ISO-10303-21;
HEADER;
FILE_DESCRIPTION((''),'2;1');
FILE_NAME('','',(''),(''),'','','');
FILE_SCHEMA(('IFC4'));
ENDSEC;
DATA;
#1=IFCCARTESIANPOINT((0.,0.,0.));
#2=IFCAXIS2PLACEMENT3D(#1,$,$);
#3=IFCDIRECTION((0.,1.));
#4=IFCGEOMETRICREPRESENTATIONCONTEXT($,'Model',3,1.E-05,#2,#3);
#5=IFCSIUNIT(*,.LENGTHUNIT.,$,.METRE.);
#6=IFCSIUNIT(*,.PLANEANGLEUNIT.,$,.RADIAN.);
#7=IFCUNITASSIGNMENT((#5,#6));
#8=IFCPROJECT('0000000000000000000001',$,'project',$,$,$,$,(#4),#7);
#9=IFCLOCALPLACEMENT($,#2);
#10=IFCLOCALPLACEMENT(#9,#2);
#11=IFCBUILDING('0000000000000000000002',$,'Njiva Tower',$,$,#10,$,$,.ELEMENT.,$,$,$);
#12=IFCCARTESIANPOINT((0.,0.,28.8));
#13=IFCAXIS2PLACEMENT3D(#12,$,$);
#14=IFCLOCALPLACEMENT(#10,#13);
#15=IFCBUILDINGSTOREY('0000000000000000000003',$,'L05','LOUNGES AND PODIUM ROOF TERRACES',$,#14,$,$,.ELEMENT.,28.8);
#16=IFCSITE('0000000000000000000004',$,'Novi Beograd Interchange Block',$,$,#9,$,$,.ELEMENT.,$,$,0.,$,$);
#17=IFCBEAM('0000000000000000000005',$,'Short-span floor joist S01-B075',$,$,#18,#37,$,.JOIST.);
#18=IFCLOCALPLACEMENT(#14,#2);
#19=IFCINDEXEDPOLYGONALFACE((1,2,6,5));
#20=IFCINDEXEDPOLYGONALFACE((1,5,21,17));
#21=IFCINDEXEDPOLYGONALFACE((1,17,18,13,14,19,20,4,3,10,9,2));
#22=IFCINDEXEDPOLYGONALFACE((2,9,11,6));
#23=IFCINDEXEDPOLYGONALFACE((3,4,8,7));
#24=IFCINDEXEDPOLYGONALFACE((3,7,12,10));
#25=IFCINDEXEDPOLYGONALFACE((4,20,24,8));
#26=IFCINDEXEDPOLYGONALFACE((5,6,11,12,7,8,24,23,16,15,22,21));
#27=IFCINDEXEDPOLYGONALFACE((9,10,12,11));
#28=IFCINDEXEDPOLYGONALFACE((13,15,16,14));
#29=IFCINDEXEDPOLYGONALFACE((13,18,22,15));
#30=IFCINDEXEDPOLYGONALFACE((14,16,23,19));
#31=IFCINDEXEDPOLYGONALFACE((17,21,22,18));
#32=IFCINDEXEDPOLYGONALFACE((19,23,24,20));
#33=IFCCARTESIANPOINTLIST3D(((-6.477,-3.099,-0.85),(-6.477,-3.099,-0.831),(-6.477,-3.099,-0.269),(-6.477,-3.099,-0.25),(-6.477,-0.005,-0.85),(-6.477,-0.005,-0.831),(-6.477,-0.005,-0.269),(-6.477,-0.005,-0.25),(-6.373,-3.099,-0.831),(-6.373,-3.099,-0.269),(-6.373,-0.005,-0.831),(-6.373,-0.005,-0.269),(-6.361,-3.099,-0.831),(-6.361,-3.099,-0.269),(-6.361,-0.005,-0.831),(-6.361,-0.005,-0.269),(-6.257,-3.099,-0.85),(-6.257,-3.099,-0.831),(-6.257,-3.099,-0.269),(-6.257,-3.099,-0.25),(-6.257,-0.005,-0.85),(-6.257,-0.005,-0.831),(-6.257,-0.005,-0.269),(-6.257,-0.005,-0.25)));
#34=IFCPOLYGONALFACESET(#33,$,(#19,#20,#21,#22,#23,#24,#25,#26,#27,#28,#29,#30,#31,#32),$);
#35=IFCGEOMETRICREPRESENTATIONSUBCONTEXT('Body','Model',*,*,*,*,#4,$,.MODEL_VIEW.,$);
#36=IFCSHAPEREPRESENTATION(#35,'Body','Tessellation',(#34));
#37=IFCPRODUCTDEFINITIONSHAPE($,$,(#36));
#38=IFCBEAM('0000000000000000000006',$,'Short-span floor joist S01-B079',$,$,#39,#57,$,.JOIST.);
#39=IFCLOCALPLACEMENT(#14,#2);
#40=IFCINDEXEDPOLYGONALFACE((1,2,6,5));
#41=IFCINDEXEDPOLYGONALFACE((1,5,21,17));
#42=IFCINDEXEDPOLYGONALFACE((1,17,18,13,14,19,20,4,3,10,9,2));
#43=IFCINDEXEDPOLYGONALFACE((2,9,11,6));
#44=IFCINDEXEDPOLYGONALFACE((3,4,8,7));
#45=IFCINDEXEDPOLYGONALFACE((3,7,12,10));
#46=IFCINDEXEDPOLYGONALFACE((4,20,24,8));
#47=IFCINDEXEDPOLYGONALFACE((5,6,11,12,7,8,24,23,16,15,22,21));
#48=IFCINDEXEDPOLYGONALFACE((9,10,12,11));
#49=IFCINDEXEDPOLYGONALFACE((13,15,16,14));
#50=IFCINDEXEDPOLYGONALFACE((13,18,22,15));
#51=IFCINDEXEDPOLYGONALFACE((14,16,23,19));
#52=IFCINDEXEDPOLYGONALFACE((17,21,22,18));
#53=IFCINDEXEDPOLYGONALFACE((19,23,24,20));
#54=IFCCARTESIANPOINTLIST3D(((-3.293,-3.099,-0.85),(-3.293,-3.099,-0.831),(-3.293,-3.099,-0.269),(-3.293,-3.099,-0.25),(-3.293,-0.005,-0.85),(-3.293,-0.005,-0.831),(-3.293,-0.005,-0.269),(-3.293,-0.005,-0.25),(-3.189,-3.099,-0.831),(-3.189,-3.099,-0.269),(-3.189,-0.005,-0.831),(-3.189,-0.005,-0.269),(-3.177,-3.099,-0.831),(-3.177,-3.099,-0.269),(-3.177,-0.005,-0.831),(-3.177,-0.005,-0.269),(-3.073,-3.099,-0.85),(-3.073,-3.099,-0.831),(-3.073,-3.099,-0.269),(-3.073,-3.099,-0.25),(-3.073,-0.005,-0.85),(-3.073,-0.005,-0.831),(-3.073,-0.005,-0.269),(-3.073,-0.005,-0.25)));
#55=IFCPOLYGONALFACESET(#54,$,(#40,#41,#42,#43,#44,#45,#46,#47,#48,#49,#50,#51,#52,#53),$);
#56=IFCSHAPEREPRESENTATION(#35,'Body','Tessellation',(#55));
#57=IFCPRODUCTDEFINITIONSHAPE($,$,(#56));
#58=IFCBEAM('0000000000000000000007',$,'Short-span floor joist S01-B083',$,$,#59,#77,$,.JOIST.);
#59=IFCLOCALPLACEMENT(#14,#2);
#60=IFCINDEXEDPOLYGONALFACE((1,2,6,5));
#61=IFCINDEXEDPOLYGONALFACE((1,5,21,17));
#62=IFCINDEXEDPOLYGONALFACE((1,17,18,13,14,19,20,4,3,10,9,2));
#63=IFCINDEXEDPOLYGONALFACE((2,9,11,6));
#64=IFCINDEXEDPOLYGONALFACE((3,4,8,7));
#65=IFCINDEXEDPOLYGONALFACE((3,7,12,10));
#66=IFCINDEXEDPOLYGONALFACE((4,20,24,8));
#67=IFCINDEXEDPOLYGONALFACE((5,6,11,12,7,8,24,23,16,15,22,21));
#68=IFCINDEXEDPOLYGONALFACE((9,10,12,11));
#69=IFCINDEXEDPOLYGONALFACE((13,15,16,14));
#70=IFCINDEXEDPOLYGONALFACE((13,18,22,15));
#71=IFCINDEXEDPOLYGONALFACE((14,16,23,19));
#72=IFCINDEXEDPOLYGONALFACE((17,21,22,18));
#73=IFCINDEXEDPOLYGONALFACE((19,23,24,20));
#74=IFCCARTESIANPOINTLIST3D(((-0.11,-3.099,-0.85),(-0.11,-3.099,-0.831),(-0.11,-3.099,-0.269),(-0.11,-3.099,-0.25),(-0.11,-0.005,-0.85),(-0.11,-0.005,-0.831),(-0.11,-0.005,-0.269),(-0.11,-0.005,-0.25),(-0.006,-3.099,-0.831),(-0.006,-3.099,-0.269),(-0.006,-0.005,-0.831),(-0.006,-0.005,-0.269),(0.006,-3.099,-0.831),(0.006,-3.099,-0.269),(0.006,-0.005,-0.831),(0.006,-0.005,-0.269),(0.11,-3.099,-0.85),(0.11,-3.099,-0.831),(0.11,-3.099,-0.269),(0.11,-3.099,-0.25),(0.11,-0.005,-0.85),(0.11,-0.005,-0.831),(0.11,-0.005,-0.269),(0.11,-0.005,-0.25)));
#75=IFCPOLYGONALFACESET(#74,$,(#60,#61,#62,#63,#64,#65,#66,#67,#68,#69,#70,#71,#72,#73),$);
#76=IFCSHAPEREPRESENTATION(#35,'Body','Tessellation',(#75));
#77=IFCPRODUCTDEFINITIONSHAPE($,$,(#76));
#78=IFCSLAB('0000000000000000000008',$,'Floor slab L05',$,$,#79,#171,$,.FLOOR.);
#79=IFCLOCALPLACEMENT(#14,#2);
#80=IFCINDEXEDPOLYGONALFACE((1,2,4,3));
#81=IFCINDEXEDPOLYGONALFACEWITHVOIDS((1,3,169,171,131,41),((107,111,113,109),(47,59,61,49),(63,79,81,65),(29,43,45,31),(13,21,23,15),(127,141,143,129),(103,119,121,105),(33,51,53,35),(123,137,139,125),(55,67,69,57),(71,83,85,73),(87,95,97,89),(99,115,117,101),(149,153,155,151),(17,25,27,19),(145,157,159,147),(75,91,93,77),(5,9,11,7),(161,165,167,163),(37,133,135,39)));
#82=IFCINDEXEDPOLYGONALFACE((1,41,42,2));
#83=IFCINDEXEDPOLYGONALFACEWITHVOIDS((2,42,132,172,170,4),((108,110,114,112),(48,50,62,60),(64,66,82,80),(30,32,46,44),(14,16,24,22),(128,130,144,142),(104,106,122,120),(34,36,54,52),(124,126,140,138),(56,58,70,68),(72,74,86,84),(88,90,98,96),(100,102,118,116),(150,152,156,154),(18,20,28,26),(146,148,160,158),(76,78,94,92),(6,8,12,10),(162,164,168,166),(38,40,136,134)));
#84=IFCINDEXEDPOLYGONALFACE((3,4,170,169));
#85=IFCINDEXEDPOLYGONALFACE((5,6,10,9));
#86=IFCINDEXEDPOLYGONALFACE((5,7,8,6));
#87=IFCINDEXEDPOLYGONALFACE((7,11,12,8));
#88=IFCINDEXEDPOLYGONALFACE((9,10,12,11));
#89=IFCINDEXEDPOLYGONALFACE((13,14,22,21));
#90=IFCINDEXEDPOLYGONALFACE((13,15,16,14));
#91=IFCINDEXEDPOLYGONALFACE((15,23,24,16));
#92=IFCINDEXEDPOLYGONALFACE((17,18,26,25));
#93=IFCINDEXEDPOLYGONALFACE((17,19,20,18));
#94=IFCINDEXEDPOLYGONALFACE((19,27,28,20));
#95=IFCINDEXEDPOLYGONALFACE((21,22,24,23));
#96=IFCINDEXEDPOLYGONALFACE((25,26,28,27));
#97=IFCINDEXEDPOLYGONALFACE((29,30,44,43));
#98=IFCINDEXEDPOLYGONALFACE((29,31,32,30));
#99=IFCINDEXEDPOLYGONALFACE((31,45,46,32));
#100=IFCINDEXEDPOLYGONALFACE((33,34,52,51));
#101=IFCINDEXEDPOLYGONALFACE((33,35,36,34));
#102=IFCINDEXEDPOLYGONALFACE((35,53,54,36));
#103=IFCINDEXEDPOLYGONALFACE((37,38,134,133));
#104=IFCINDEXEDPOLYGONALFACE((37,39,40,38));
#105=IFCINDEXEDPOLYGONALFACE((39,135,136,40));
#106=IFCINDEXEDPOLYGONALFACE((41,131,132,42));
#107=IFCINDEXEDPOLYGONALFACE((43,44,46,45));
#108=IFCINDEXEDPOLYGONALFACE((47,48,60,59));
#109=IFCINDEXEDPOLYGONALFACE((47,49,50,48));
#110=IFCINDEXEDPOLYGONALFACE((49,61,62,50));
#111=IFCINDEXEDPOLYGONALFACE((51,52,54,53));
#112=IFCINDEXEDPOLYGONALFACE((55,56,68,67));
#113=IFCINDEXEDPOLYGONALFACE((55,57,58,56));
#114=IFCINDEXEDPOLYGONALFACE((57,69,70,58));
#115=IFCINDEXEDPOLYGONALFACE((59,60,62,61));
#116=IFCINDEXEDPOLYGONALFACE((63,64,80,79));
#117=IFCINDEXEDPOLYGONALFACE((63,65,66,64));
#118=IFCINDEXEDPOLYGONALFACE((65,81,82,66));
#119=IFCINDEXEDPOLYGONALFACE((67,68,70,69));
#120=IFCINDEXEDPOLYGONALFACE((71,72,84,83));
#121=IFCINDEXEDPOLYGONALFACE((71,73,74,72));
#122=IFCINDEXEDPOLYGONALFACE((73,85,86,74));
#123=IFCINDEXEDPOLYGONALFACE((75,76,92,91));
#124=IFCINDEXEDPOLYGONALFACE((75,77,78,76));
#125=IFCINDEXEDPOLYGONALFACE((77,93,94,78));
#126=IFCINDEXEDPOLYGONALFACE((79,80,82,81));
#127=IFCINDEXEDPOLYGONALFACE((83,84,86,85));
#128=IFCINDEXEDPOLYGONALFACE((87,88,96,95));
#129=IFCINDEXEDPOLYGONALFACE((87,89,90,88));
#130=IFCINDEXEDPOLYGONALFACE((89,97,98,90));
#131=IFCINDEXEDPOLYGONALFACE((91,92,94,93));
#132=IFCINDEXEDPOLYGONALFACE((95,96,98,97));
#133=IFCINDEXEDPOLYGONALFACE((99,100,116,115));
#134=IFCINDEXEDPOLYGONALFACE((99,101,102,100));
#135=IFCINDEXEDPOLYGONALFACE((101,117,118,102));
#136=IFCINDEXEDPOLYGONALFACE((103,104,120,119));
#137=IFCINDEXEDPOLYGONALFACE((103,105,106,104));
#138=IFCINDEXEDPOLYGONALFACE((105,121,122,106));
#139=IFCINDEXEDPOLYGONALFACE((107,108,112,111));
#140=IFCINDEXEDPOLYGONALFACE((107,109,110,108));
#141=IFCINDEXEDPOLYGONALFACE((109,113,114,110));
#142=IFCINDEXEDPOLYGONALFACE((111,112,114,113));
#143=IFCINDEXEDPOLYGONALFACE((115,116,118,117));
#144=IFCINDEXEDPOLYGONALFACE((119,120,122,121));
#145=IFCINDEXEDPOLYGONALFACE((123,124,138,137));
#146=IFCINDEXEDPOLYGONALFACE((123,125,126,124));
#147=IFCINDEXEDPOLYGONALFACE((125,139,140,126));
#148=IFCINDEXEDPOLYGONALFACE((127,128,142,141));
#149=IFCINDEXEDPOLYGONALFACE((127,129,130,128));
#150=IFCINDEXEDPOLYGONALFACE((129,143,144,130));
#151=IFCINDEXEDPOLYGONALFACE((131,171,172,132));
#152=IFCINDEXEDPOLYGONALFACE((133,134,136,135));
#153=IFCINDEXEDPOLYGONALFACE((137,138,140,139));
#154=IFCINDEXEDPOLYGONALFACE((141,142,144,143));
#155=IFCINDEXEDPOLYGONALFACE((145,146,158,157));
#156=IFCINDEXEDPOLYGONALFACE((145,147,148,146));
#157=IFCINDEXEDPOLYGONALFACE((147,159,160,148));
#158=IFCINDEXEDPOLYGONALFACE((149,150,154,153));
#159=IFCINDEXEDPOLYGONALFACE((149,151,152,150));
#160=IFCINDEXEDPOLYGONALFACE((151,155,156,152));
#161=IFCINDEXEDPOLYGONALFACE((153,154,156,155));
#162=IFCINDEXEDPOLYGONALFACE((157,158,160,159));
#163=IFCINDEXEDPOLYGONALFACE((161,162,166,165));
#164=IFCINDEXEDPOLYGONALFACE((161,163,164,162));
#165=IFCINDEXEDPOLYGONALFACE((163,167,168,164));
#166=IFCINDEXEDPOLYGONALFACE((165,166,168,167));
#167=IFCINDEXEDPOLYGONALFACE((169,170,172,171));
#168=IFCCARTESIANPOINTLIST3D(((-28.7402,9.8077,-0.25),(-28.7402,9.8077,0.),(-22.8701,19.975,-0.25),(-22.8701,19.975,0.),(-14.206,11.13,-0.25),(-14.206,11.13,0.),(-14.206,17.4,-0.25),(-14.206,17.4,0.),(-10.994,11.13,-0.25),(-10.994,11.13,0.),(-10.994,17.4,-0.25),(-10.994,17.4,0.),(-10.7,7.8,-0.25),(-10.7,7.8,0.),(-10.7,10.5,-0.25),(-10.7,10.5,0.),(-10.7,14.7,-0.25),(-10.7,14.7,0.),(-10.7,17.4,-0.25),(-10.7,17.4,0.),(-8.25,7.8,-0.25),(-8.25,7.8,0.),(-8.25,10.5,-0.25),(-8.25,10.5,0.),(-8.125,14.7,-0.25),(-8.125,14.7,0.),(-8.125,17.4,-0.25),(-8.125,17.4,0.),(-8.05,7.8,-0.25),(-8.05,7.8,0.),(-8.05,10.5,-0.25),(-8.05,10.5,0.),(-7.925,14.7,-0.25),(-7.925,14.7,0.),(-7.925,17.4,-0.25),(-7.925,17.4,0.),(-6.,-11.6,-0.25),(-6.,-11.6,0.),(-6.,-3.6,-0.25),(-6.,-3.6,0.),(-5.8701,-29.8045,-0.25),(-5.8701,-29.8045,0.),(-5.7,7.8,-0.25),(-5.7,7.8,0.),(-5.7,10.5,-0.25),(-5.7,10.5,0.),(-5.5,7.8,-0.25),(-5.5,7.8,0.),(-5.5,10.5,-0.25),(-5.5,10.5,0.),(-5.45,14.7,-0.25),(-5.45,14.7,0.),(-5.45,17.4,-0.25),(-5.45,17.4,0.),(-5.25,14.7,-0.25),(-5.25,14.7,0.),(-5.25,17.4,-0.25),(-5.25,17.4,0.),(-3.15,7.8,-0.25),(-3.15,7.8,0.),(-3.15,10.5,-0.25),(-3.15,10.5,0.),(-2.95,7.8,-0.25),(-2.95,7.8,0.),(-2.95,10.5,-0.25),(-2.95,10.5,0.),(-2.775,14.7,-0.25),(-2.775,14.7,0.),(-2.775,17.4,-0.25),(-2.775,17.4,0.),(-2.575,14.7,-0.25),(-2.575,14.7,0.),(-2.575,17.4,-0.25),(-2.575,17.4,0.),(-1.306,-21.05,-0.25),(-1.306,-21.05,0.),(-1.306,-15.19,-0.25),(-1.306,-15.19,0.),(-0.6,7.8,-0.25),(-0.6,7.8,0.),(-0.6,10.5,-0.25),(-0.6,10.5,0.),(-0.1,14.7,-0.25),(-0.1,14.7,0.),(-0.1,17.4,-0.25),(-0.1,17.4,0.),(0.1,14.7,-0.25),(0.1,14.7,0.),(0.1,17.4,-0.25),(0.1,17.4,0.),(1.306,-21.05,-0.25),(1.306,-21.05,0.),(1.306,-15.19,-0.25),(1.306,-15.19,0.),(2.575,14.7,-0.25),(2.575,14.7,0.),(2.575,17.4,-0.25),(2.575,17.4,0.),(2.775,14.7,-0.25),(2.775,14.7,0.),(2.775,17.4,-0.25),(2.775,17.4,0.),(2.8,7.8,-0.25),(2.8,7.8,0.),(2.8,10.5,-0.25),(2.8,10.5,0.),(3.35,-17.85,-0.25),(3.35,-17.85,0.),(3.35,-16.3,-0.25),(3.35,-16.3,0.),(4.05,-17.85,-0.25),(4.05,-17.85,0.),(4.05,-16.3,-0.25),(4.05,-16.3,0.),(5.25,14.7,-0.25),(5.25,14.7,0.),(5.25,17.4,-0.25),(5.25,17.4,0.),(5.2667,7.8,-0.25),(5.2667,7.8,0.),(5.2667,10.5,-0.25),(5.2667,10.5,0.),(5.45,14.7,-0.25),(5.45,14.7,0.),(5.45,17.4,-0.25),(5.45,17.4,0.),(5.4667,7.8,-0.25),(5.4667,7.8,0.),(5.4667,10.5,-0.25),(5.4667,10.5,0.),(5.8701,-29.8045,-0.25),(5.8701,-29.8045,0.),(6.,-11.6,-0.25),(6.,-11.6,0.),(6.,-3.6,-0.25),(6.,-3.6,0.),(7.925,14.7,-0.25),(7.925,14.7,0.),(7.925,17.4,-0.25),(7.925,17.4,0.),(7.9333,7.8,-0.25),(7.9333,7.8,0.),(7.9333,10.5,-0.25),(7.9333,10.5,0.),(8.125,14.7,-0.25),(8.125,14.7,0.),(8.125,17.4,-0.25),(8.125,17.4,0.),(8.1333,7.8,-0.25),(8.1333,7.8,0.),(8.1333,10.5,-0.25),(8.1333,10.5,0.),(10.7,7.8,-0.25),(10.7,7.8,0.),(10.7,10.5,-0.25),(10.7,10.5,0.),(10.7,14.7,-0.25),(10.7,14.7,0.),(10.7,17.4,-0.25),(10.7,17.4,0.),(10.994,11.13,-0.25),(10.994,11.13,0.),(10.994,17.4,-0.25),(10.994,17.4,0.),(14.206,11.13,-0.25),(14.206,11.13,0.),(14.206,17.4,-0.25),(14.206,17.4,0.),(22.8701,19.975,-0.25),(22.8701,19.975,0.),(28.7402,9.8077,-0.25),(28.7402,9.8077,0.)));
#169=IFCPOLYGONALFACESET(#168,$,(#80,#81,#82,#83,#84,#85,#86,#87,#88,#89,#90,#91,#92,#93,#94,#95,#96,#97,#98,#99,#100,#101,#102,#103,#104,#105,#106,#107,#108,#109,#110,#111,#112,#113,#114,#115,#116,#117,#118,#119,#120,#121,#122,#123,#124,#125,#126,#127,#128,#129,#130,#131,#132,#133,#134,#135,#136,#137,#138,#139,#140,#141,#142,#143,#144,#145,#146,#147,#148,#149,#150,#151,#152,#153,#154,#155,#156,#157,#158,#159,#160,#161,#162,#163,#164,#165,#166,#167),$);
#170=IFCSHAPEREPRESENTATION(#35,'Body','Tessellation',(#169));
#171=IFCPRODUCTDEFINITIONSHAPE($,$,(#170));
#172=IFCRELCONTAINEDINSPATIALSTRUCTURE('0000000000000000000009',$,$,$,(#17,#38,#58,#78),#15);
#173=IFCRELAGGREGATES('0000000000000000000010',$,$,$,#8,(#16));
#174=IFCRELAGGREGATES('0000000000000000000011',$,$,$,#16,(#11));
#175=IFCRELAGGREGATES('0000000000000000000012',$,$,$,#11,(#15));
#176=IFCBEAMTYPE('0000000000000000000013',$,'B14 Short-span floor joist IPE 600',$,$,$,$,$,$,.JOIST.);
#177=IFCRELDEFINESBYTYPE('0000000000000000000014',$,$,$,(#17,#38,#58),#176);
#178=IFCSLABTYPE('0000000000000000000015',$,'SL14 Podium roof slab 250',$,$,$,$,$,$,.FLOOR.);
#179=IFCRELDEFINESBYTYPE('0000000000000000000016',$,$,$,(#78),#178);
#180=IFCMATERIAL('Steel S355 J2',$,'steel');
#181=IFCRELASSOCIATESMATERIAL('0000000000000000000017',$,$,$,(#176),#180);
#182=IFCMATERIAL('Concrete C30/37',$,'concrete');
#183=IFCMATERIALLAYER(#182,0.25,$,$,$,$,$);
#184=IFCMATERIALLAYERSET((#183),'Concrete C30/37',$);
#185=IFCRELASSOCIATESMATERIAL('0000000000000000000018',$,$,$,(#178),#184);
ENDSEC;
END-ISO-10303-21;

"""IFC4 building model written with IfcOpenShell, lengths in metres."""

from ifc_helpers import new_model, si_unit, direction, frame, origin, origin_2d, place, context, subcontext, project, spatial, polyline, i_section, outline, extrude, material, layer, layer_set, material_profile, profile_set, type_object, element, save


model = new_model("IFC4")

# Units and contexts
model_context = context("Model", 3, precision=1e-05, world=origin(), true_north=direction((0.0, 1.0)))
body_context = subcontext(model_context, "Body", "Model", "MODEL_VIEW")
ifc_project = project(units=[si_unit("LENGTHUNIT", "METRE"), si_unit("PLANEANGLEUNIT", "RADIAN")], contexts=[model_context])

# Site, building, storey
site_placement = place(None, origin())
site = spatial("IfcSite", under=ifc_project, at=site_placement, Name="Novi Beograd Interchange Block", CompositionType="ELEMENT", RefElevation=0.0)
building_placement = place(site_placement, origin())
building = spatial("IfcBuilding", under=site, at=building_placement, Name="Njiva Tower", CompositionType="ELEMENT")
storey_placement = place(building_placement, frame((0.0, 0.0, 28.8)))
storey = spatial("IfcBuildingStorey", under=building, at=storey_placement, Name="L05", Description="LOUNGES AND PODIUM ROOF TERRACES", CompositionType="ELEMENT", Elevation=28.8)

# Beams
ifc_material_1 = material(Name="Steel S355 J2", Category="steel")
ifc_material_profile = material_profile(ifc_material_1, i_section(OverallWidth=0.22, OverallDepth=0.6, WebThickness=0.012, FlangeThickness=0.019, at=origin_2d()), Name="IPE 600")
ifc_profile_set = profile_set([ifc_material_profile], Name="Steel S355 J2")
beam_type = type_object("IfcBeamType", Name="B14 Short-span floor joist IPE 600", PredefinedType="JOIST", material=ifc_profile_set)
for number, where, z_axis, x_axis, name in (
    (1, (-6.367, -0.005, -0.55), (0.0, -1.0, 0.0), (1.0, 0.0, 0.0), "Short-span floor joist S01-B075"),
    (2, (-3.183, -0.005, -0.55), (0.0, -1.0, 0.0), (1.0, 0.0, 0.0), "Short-span floor joist S01-B079"),
    (3, (0.0, -0.005, -0.55), (0.0, -1.0, 0.0), (1.0, 0.0, 0.0), "Short-span floor joist S01-B083"),
):
    element("IfcBeam", number, at=place(storey_placement, frame(where, z_axis=z_axis, x_axis=x_axis)), inside=storey, type_object=beam_type, Name=name, PredefinedType="JOIST", context=body_context, shape_type="SweptSolid", body=[
        extrude(i_section(OverallWidth=0.22, OverallDepth=0.6, WebThickness=0.012, FlangeThickness=0.019, at=origin_2d()), origin(), (0.0, 0.0, 1.0), 3.094),
    ])

# Slab
ifc_material_2 = material(Name="Concrete C30/37", Category="concrete")
ifc_layer_1 = layer(ifc_material_2, 0.25)
ifc_layer_set_1 = layer_set([ifc_layer_1], Name="Concrete C30/37")
slab_type_1 = type_object("IfcSlabType", Name="SL14 Podium roof slab 250", PredefinedType="FLOOR", material=ifc_layer_set_1)
slab_1_placement = place(storey_placement, frame((0.0, 0.0, -0.25)))
element("IfcSlab", 4, at=slab_1_placement, inside=storey, type_object=slab_type_1, Name="Floor slab L05", PredefinedType="FLOOR", context=body_context, shape_type="SweptSolid", body=[
    extrude(outline(polyline([(28.7402, 9.8077), (5.8701, -29.8045), (-5.8701, -29.8045), (-28.7402, 9.8077), (-22.8701, 19.975), (22.8701, 19.975), (28.7402, 9.8077)]), holes=[polyline([(10.994, 11.13), (14.206, 11.13), (14.206, 17.4), (10.994, 17.4), (10.994, 11.13)]), polyline([(8.125, 17.4), (8.125, 14.7), (10.7, 14.7), (10.7, 17.4), (8.125, 17.4)]), polyline([(8.1333, 10.5), (8.1333, 7.8), (10.7, 7.8), (10.7, 10.5), (8.1333, 10.5)]), polyline([(5.4667, 10.5), (5.4667, 7.8), (7.9333, 7.8), (7.9333, 10.5), (5.4667, 10.5)]), polyline([(5.45, 17.4), (5.45, 14.7), (7.925, 14.7), (7.925, 17.4), (5.45, 17.4)]), polyline([(6.0, -11.6), (6.0, -3.6), (-6.0, -3.6), (-6.0, -11.6), (6.0, -11.6)]), polyline([(2.8, 7.8), (5.2667, 7.8), (5.2667, 10.5), (2.8, 10.5), (2.8, 7.8)]), polyline([(2.775, 14.7), (5.25, 14.7), (5.25, 17.4), (2.775, 17.4), (2.775, 14.7)]), polyline([(3.35, -17.85), (4.05, -17.85), (4.05, -16.3), (3.35, -16.3), (3.35, -17.85)]), polyline([(0.1, 14.7), (2.575, 14.7), (2.575, 17.4), (0.1, 17.4), (0.1, 14.7)]), polyline([(-1.306, -21.05), (1.306, -21.05), (1.306, -15.19), (-1.306, -15.19), (-1.306, -21.05)]), polyline([(-2.575, 17.4), (-2.575, 14.7), (-0.1, 14.7), (-0.1, 17.4), (-2.575, 17.4)]), polyline([(-2.95, 10.5), (-2.95, 7.8), (-0.6, 7.8), (-0.6, 10.5), (-2.95, 10.5)]), polyline([(-5.25, 17.4), (-5.25, 14.7), (-2.775, 14.7), (-2.775, 17.4), (-5.25, 17.4)]), polyline([(-5.5, 10.5), (-5.5, 7.8), (-3.15, 7.8), (-3.15, 10.5), (-5.5, 10.5)]), polyline([(-7.925, 14.7), (-5.45, 14.7), (-5.45, 17.4), (-7.925, 17.4), (-7.925, 14.7)]), polyline([(-8.05, 7.8), (-5.7, 7.8), (-5.7, 10.5), (-8.05, 10.5), (-8.05, 7.8)]), polyline([(-10.7, 14.7), (-8.125, 14.7), (-8.125, 17.4), (-10.7, 17.4), (-10.7, 14.7)]), polyline([(-10.7, 7.8), (-8.25, 7.8), (-8.25, 10.5), (-10.7, 10.5), (-10.7, 7.8)]), polyline([(-14.206, 11.13), (-10.994, 11.13), (-10.994, 17.4), (-14.206, 17.4), (-14.206, 11.13)])]), origin(), (0.0, 0.0, 1.0), 0.25),
])

save(model, "model.ifc")
